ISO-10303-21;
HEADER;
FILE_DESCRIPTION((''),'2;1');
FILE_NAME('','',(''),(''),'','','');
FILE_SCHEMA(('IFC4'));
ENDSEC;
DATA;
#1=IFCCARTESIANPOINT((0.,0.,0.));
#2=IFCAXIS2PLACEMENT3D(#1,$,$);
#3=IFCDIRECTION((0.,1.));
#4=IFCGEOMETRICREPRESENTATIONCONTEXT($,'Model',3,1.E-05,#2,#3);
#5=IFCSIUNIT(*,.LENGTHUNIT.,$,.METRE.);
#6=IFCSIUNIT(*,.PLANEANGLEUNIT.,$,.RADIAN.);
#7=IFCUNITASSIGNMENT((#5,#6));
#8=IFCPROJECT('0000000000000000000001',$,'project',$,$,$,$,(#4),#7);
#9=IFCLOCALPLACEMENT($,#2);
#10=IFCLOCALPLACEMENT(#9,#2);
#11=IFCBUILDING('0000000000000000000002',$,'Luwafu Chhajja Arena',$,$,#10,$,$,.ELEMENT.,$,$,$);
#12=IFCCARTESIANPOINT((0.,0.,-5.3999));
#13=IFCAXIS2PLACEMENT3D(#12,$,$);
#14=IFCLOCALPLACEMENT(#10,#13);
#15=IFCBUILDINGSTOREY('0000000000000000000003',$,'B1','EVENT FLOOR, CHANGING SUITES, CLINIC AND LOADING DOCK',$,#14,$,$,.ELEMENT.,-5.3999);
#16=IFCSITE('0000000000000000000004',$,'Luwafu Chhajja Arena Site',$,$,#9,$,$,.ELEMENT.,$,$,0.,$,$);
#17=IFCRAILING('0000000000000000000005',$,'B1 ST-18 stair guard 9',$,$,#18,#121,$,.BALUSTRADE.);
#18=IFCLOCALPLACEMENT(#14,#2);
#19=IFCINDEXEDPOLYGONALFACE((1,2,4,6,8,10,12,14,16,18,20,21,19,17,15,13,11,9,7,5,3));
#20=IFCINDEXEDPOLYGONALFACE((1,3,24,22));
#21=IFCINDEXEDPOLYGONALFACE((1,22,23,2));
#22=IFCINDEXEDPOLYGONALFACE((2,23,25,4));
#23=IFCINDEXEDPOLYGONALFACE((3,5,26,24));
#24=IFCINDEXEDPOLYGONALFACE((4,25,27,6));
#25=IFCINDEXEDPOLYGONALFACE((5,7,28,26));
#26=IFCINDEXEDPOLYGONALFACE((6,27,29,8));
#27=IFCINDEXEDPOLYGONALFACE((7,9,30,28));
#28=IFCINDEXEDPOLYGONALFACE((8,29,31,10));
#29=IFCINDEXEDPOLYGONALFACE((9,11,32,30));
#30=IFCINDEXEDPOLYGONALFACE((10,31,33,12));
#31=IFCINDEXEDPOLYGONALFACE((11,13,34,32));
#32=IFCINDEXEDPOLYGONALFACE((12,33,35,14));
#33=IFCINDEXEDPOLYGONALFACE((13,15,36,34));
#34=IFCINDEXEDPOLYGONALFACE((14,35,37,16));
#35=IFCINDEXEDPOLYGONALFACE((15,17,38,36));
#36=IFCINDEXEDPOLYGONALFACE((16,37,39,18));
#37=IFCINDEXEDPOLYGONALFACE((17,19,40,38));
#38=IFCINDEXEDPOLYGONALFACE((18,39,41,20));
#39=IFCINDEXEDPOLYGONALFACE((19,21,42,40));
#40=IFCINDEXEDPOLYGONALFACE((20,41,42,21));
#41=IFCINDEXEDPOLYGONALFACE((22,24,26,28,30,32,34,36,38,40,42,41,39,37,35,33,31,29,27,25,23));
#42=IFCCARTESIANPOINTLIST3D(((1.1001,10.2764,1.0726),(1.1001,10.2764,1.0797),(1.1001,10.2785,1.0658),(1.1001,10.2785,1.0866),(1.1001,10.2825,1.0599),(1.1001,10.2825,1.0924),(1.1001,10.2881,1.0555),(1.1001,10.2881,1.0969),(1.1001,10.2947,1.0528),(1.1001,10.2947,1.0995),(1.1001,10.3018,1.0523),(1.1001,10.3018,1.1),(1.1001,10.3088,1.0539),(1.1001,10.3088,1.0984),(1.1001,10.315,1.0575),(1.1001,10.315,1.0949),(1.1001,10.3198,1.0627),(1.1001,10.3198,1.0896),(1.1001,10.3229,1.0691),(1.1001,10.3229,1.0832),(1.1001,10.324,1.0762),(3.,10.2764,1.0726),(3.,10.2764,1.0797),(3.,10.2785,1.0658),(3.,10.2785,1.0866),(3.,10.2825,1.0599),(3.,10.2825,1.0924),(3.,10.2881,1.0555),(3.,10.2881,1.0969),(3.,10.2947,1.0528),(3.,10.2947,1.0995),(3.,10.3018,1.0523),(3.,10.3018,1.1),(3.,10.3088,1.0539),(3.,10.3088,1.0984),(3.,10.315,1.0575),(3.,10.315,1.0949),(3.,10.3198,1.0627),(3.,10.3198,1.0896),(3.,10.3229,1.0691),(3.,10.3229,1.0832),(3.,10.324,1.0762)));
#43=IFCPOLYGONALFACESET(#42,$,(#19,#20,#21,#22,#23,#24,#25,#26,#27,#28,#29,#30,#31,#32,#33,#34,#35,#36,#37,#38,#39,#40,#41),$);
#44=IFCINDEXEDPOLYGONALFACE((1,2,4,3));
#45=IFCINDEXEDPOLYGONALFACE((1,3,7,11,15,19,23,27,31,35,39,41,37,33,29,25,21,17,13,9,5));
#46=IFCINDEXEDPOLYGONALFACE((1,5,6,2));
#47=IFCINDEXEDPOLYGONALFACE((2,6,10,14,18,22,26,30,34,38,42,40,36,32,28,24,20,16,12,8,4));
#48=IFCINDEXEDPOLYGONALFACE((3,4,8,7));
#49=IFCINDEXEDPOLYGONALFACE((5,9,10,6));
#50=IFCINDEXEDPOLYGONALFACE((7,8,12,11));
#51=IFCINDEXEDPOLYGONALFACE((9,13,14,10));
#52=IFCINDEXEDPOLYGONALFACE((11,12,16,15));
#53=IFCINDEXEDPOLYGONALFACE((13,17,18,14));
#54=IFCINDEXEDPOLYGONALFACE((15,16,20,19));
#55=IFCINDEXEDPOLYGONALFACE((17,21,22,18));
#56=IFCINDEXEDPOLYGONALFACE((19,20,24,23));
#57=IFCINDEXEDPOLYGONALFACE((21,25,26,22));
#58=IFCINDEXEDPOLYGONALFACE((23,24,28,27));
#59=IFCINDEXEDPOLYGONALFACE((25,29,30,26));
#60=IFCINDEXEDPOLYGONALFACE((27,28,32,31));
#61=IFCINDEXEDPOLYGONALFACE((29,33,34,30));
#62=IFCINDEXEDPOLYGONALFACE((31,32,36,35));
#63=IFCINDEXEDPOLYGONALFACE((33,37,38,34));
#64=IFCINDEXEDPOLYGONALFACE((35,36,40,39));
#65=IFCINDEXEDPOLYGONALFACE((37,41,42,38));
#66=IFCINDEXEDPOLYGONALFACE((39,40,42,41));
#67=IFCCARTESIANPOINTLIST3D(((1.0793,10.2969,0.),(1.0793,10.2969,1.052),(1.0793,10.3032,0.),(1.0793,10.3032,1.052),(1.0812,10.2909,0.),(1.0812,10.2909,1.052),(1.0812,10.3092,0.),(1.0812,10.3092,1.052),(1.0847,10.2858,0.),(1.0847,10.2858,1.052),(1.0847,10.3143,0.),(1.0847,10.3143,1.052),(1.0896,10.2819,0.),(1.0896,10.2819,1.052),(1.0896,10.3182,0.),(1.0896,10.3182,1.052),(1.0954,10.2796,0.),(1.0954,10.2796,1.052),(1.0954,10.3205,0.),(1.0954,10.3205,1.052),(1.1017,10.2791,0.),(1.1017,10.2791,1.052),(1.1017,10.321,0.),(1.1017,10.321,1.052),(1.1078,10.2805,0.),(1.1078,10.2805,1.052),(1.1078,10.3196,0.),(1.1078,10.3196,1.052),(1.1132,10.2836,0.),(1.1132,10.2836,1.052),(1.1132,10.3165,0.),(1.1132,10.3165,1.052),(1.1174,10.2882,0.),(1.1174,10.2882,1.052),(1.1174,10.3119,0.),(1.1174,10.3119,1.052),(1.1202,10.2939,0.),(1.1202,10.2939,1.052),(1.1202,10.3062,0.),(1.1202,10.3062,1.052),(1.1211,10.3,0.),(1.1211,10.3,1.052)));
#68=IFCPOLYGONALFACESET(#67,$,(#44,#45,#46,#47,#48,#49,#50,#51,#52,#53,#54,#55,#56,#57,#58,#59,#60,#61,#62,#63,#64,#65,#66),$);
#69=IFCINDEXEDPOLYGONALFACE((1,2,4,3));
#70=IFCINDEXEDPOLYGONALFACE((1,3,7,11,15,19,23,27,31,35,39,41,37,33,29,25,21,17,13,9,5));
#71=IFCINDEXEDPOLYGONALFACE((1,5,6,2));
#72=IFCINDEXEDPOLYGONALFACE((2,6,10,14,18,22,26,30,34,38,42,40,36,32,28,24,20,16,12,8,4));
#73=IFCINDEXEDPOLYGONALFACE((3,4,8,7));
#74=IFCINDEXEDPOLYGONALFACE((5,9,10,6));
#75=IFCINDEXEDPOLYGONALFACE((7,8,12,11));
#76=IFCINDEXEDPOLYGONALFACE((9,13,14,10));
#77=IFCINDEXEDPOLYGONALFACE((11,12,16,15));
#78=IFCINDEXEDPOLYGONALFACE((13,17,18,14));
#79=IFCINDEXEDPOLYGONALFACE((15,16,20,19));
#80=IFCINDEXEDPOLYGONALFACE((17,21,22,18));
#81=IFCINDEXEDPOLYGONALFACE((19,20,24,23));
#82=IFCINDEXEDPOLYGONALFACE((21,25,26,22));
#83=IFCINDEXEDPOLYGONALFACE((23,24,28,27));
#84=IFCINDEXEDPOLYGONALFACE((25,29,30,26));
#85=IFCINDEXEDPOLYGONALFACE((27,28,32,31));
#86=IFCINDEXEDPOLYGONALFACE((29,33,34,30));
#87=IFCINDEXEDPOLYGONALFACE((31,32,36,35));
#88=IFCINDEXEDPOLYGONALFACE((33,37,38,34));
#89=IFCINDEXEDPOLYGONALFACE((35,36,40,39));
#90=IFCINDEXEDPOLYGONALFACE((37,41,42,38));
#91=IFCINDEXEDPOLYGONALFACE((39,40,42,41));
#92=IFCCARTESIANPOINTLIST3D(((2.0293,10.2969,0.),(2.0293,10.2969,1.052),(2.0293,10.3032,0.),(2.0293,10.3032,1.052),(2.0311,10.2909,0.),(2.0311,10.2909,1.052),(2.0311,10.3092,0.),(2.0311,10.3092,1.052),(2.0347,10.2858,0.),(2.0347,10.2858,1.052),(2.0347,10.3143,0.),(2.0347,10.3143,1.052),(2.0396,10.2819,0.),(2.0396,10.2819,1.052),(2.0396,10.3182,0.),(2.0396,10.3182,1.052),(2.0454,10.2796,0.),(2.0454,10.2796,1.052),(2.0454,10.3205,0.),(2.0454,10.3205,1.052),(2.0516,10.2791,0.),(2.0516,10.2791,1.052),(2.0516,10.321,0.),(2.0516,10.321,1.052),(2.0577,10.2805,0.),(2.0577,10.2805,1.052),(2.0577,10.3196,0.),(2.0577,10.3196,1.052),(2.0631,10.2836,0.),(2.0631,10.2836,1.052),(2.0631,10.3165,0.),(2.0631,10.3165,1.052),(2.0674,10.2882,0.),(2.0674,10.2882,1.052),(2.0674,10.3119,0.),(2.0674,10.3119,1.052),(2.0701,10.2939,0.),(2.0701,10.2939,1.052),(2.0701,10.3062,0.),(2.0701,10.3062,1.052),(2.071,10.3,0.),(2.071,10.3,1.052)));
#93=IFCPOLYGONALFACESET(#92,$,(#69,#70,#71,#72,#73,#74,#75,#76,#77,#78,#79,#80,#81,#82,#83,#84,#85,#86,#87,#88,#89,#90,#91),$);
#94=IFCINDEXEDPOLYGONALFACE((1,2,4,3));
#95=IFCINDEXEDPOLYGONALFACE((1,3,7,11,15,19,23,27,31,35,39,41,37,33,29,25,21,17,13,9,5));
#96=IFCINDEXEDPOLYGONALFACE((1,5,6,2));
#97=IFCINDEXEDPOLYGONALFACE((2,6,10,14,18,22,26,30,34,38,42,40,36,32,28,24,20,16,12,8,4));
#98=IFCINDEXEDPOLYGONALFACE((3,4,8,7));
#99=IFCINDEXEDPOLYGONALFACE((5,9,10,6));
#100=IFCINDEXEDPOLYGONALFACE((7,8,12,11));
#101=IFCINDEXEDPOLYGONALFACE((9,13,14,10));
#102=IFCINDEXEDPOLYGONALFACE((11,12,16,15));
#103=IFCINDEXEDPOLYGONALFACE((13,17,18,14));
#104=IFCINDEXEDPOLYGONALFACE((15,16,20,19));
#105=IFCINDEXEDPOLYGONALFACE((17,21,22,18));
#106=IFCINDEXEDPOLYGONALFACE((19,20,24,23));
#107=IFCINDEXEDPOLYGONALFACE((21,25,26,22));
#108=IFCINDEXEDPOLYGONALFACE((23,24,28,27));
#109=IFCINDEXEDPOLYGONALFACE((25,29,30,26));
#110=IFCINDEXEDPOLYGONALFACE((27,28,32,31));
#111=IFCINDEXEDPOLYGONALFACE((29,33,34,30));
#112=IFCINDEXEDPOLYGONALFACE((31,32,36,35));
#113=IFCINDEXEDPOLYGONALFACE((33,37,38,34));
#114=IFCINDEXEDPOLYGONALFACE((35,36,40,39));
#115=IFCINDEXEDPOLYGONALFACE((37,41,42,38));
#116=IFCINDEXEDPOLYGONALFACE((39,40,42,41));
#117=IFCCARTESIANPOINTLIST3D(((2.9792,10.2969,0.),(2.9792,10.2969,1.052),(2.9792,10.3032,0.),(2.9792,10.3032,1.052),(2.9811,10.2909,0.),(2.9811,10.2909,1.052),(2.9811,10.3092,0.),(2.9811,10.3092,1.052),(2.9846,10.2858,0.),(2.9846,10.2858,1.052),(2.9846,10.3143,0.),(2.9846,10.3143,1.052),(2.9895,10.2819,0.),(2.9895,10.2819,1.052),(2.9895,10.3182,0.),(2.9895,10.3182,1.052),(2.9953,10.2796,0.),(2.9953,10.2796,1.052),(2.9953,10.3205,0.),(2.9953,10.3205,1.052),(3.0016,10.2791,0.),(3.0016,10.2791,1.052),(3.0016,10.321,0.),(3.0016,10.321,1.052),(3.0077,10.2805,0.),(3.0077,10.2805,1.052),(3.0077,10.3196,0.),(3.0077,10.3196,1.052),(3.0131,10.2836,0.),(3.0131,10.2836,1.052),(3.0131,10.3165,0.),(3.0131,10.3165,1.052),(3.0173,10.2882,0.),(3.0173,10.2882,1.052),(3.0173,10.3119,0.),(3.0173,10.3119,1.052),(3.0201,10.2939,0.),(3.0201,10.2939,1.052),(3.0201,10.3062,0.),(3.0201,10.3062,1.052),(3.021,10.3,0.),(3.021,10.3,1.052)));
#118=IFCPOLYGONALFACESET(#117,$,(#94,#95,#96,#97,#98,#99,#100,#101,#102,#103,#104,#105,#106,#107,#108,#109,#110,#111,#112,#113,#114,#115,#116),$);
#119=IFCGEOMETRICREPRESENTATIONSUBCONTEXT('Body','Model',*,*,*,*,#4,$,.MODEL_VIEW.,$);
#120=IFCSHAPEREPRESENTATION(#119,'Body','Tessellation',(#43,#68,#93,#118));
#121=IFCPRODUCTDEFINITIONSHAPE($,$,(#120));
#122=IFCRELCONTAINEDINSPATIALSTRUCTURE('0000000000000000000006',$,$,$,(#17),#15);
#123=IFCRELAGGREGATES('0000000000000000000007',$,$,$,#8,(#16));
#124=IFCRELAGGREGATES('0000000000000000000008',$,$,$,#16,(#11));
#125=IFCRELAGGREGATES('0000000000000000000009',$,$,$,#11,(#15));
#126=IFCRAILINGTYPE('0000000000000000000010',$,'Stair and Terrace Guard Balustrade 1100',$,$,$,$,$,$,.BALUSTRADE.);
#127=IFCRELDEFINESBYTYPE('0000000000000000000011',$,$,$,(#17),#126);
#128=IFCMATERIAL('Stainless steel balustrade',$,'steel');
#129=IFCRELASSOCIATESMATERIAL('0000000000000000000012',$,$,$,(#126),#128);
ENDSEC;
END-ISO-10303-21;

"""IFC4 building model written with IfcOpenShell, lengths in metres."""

from ifc_helpers import new_model, si_unit, direction, frame, origin, origin_2d, place, context, subcontext, project, spatial, circle, extrude, material, type_object, element, save


model = new_model("IFC4")

# Units and contexts
model_context = context("Model", 3, precision=1e-05, world=origin(), true_north=direction((0.0, 1.0)))
body_context = subcontext(model_context, "Body", "Model", "MODEL_VIEW")
ifc_project = project(units=[si_unit("LENGTHUNIT", "METRE"), si_unit("PLANEANGLEUNIT", "RADIAN")], contexts=[model_context])

# Site, building, storey
site_placement = place(None, origin())
site = spatial("IfcSite", under=ifc_project, at=site_placement, Name="Luwafu Chhajja Arena Site", CompositionType="ELEMENT", RefElevation=0.0)
building_placement = place(site_placement, origin())
building = spatial("IfcBuilding", under=site, at=building_placement, Name="Luwafu Chhajja Arena", CompositionType="ELEMENT")
storey_placement = place(building_placement, frame((0.0, 0.0, -5.3999)))
storey = spatial("IfcBuildingStorey", under=building, at=storey_placement, Name="B1", Description="EVENT FLOOR, CHANGING SUITES, CLINIC AND LOADING DOCK", CompositionType="ELEMENT", Elevation=-5.3999)

# Railing
ifc_material_1 = material(Name="Stainless steel balustrade", Category="steel")
railing_type_1 = type_object("IfcRailingType", Name="Stair and Terrace Guard Balustrade 1100", PredefinedType="BALUSTRADE", material=ifc_material_1)
for number, where, name in (
    (1, (1.1001, 10.3, 0.0), "B1 ST-18 stair guard 9"),
):
    element("IfcRailing", number, at=place(storey_placement, frame(where)), inside=storey, type_object=railing_type_1, Name=name, PredefinedType="BALUSTRADE", context=body_context, shape_type="SweptSolid", body=[
        extrude(circle(Radius=0.0239, at=origin_2d()), frame((0.0, 0.0, 1.0762), z_axis=(1.0, 0.0, 0.0), x_axis=(0.0, 1.0, 0.0)), (0.0, 0.0, 1.0), 1.8999),
        extrude(circle(Radius=0.021, at=origin_2d()), origin(), (0.0, 0.0, 1.0), 1.052),
        extrude(circle(Radius=0.021, at=origin_2d()), frame((0.95, 0.0, 0.0)), (0.0, 0.0, 1.0), 1.052),
        extrude(circle(Radius=0.021, at=origin_2d()), frame((1.8999, 0.0, 0.0)), (0.0, 0.0, 1.0), 1.052),
    ])

save(model, "model.ifc")
